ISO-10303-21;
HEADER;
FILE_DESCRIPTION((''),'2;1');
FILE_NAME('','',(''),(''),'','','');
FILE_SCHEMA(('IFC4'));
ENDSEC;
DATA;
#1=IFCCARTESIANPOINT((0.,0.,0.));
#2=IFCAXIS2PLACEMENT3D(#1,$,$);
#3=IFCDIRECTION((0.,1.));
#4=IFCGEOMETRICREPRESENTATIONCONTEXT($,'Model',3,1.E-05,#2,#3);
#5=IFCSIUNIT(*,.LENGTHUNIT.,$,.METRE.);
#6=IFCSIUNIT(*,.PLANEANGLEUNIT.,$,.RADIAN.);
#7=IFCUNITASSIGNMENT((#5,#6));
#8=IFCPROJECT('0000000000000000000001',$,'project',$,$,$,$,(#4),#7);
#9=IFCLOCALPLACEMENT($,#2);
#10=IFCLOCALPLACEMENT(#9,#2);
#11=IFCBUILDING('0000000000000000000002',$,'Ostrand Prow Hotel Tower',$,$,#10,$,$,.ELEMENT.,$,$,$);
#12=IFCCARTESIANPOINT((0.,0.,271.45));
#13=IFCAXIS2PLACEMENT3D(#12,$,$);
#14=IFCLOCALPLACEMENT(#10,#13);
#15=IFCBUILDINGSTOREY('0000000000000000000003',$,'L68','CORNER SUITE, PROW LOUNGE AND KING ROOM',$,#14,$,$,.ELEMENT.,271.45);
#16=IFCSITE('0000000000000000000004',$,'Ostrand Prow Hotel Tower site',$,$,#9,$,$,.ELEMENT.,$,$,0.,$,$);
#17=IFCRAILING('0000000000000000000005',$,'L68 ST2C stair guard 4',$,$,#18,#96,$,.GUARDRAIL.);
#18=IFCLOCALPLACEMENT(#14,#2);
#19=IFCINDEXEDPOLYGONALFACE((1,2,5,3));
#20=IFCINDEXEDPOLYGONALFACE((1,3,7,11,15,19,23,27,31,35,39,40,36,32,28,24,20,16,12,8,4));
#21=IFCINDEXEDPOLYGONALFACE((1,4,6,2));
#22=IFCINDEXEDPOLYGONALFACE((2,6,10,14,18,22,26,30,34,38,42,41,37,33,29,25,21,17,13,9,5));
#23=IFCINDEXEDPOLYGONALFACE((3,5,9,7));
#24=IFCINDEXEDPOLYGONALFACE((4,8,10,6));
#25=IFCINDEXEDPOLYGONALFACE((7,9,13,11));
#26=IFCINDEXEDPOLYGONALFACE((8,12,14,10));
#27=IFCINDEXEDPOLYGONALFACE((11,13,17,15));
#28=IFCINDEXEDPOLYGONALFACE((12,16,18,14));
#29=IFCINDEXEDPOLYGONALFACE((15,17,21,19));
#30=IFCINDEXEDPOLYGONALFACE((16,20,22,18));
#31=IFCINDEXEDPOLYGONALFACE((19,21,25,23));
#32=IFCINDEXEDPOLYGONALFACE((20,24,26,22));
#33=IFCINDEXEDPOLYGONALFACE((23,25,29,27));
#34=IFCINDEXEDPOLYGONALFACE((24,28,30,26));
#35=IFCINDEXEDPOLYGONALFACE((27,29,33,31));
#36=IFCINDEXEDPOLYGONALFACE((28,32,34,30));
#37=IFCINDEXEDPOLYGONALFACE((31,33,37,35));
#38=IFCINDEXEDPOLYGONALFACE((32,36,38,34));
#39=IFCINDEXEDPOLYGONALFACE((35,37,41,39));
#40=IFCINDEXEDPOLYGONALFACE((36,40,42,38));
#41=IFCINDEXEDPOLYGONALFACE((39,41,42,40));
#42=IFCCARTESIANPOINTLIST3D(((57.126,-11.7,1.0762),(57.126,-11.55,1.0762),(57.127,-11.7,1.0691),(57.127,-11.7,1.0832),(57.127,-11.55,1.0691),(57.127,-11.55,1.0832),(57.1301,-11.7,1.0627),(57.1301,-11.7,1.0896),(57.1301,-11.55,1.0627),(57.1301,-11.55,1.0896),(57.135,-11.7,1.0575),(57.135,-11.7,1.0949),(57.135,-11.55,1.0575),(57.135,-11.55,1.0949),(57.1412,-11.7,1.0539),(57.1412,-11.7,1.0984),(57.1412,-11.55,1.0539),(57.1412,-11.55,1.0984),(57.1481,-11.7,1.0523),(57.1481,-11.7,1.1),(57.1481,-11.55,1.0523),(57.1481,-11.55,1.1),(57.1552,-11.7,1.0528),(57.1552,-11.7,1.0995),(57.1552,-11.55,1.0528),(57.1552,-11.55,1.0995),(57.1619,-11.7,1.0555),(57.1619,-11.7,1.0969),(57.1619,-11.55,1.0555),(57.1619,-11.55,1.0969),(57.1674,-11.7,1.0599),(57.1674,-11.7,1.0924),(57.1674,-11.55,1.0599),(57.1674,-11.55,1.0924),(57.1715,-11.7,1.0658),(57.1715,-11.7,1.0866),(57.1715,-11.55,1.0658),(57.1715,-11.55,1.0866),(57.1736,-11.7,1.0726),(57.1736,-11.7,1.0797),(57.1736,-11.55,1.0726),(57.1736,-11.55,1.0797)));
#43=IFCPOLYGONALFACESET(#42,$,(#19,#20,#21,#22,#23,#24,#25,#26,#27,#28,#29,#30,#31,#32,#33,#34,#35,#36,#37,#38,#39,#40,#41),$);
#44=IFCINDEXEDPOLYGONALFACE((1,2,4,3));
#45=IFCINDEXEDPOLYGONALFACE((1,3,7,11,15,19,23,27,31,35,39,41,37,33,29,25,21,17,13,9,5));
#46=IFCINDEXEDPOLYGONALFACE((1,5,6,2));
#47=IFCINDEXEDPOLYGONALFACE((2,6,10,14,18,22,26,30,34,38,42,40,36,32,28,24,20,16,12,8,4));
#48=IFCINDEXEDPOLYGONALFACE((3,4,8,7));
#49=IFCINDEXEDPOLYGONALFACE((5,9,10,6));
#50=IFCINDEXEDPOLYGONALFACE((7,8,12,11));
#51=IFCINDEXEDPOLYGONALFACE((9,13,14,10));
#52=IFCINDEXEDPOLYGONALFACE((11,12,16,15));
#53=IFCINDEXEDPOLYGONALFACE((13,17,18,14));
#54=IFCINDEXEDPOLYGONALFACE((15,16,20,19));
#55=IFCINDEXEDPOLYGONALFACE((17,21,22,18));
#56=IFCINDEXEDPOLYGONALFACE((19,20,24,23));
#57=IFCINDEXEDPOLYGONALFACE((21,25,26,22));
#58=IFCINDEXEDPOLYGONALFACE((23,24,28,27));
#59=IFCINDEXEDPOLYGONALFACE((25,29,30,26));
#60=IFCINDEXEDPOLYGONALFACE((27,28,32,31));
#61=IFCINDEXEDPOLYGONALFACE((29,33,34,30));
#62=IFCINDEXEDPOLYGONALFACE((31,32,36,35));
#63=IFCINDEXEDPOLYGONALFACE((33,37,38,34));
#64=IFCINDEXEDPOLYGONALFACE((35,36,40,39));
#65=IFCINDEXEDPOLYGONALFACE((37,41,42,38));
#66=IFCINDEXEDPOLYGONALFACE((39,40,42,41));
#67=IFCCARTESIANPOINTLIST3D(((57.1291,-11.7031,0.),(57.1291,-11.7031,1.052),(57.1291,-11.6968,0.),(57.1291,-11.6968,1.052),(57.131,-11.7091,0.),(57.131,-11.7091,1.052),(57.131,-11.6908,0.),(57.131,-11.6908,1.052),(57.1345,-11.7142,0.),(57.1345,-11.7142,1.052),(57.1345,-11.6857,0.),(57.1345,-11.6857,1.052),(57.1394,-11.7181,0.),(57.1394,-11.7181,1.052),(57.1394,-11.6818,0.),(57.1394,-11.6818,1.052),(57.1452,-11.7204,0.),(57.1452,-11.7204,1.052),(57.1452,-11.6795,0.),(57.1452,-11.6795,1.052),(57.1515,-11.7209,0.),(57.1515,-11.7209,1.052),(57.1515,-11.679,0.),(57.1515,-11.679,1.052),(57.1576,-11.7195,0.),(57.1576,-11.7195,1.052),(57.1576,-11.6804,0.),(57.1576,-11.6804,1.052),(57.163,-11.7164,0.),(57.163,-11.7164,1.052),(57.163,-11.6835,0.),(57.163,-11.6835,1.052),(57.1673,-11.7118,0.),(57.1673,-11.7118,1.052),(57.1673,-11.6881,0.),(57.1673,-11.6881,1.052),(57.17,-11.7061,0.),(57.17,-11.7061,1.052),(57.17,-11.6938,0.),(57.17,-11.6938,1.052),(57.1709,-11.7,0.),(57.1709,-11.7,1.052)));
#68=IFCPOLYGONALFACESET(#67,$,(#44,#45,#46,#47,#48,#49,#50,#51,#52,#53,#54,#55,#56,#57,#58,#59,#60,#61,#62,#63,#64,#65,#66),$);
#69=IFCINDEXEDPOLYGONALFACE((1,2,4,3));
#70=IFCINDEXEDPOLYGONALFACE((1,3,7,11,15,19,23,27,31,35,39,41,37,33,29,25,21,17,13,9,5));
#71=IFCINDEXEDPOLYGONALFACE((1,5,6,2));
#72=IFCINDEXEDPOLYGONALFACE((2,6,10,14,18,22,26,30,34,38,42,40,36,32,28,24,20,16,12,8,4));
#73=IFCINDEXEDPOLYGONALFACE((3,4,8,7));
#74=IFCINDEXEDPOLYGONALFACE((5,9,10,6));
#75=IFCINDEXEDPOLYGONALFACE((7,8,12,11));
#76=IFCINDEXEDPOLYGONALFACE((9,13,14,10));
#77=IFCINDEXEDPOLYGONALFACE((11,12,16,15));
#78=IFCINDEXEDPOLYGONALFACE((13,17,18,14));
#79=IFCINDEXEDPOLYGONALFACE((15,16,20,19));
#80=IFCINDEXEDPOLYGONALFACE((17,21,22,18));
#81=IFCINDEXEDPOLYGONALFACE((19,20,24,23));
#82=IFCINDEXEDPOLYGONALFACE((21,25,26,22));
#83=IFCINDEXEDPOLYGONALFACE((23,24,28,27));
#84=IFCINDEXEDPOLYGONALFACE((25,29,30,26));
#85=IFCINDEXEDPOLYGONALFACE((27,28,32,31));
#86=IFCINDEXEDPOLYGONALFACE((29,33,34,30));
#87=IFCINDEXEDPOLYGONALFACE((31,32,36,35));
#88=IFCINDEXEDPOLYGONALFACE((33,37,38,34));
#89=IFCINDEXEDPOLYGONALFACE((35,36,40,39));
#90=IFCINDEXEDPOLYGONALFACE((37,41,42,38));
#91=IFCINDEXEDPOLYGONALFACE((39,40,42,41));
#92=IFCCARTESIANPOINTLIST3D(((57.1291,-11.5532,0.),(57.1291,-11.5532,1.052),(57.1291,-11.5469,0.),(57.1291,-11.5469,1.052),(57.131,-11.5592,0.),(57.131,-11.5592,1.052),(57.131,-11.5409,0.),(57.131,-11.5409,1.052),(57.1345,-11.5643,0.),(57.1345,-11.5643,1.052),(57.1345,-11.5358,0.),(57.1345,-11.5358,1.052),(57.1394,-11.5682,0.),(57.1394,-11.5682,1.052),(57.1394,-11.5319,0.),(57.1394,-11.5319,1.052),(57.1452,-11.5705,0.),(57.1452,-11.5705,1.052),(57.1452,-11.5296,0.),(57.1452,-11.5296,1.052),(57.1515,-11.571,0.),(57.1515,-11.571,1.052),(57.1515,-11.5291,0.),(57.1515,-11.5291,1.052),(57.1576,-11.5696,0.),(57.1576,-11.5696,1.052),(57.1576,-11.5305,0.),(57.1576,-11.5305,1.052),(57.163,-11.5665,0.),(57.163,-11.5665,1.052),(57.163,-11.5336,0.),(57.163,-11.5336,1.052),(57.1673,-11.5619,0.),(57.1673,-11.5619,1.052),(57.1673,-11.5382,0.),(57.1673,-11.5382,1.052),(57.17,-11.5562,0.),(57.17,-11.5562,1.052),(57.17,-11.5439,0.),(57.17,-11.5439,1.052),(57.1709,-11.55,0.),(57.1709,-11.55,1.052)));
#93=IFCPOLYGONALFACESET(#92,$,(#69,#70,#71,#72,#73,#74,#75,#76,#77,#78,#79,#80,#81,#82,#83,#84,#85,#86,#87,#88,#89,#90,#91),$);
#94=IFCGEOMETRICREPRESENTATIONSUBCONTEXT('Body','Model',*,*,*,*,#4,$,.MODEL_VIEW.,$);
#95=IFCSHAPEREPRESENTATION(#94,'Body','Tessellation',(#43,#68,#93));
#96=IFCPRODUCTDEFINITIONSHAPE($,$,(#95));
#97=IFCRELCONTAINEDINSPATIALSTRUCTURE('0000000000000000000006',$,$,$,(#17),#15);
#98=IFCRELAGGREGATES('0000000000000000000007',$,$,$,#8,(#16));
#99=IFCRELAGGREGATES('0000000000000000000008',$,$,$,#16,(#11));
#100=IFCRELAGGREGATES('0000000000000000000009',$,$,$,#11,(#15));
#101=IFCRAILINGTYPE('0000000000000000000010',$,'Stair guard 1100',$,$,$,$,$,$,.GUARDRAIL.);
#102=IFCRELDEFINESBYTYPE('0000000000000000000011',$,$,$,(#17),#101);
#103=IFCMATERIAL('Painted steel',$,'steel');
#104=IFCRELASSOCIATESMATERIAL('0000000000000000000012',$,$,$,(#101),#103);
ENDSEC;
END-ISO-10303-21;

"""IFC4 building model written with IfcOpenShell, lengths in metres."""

from ifc_helpers import new_model, si_unit, direction, frame, origin, origin_2d, place, context, subcontext, project, spatial, circle, extrude, material, type_object, element, save


model = new_model("IFC4")

# Units and contexts
model_context = context("Model", 3, precision=1e-05, world=origin(), true_north=direction((0.0, 1.0)))
body_context = subcontext(model_context, "Body", "Model", "MODEL_VIEW")
ifc_project = project(units=[si_unit("LENGTHUNIT", "METRE"), si_unit("PLANEANGLEUNIT", "RADIAN")], contexts=[model_context])

# Site, building, storey
site_placement = place(None, origin())
site = spatial("IfcSite", under=ifc_project, at=site_placement, Name="Ostrand Prow Hotel Tower site", CompositionType="ELEMENT", RefElevation=0.0)
building_placement = place(site_placement, origin())
building = spatial("IfcBuilding", under=site, at=building_placement, Name="Ostrand Prow Hotel Tower", CompositionType="ELEMENT")
storey_placement = place(building_placement, frame((0.0, 0.0, 271.45)))
storey = spatial("IfcBuildingStorey", under=building, at=storey_placement, Name="L68", Description="CORNER SUITE, PROW LOUNGE AND KING ROOM", CompositionType="ELEMENT", Elevation=271.45)

# Railing
ifc_material_1 = material(Name="Painted steel", Category="steel")
railing_type_1 = type_object("IfcRailingType", Name="Stair guard 1100", PredefinedType="GUARDRAIL", material=ifc_material_1)
railing_1_placement = place(storey_placement, frame((57.1499, -11.7, 0.0)))
element("IfcRailing", 1, at=railing_1_placement, inside=storey, type_object=railing_type_1, Name="L68 ST2C stair guard 4", PredefinedType="GUARDRAIL", context=body_context, shape_type="SweptSolid", body=[
    extrude(circle(Radius=0.0239, at=origin_2d()), frame((0.0, 0.0, 1.0762), z_axis=(0.0, 1.0, 0.0), x_axis=(-1.0, 0.0, 0.0)), (0.0, 0.0, 1.0), 0.1499),
    extrude(circle(Radius=0.021, at=origin_2d()), origin(), (0.0, 0.0, 1.0), 1.052),
    extrude(circle(Radius=0.021, at=origin_2d()), frame((0.0, 0.1499, 0.0)), (0.0, 0.0, 1.0), 1.052),
])

save(model, "model.ifc")
